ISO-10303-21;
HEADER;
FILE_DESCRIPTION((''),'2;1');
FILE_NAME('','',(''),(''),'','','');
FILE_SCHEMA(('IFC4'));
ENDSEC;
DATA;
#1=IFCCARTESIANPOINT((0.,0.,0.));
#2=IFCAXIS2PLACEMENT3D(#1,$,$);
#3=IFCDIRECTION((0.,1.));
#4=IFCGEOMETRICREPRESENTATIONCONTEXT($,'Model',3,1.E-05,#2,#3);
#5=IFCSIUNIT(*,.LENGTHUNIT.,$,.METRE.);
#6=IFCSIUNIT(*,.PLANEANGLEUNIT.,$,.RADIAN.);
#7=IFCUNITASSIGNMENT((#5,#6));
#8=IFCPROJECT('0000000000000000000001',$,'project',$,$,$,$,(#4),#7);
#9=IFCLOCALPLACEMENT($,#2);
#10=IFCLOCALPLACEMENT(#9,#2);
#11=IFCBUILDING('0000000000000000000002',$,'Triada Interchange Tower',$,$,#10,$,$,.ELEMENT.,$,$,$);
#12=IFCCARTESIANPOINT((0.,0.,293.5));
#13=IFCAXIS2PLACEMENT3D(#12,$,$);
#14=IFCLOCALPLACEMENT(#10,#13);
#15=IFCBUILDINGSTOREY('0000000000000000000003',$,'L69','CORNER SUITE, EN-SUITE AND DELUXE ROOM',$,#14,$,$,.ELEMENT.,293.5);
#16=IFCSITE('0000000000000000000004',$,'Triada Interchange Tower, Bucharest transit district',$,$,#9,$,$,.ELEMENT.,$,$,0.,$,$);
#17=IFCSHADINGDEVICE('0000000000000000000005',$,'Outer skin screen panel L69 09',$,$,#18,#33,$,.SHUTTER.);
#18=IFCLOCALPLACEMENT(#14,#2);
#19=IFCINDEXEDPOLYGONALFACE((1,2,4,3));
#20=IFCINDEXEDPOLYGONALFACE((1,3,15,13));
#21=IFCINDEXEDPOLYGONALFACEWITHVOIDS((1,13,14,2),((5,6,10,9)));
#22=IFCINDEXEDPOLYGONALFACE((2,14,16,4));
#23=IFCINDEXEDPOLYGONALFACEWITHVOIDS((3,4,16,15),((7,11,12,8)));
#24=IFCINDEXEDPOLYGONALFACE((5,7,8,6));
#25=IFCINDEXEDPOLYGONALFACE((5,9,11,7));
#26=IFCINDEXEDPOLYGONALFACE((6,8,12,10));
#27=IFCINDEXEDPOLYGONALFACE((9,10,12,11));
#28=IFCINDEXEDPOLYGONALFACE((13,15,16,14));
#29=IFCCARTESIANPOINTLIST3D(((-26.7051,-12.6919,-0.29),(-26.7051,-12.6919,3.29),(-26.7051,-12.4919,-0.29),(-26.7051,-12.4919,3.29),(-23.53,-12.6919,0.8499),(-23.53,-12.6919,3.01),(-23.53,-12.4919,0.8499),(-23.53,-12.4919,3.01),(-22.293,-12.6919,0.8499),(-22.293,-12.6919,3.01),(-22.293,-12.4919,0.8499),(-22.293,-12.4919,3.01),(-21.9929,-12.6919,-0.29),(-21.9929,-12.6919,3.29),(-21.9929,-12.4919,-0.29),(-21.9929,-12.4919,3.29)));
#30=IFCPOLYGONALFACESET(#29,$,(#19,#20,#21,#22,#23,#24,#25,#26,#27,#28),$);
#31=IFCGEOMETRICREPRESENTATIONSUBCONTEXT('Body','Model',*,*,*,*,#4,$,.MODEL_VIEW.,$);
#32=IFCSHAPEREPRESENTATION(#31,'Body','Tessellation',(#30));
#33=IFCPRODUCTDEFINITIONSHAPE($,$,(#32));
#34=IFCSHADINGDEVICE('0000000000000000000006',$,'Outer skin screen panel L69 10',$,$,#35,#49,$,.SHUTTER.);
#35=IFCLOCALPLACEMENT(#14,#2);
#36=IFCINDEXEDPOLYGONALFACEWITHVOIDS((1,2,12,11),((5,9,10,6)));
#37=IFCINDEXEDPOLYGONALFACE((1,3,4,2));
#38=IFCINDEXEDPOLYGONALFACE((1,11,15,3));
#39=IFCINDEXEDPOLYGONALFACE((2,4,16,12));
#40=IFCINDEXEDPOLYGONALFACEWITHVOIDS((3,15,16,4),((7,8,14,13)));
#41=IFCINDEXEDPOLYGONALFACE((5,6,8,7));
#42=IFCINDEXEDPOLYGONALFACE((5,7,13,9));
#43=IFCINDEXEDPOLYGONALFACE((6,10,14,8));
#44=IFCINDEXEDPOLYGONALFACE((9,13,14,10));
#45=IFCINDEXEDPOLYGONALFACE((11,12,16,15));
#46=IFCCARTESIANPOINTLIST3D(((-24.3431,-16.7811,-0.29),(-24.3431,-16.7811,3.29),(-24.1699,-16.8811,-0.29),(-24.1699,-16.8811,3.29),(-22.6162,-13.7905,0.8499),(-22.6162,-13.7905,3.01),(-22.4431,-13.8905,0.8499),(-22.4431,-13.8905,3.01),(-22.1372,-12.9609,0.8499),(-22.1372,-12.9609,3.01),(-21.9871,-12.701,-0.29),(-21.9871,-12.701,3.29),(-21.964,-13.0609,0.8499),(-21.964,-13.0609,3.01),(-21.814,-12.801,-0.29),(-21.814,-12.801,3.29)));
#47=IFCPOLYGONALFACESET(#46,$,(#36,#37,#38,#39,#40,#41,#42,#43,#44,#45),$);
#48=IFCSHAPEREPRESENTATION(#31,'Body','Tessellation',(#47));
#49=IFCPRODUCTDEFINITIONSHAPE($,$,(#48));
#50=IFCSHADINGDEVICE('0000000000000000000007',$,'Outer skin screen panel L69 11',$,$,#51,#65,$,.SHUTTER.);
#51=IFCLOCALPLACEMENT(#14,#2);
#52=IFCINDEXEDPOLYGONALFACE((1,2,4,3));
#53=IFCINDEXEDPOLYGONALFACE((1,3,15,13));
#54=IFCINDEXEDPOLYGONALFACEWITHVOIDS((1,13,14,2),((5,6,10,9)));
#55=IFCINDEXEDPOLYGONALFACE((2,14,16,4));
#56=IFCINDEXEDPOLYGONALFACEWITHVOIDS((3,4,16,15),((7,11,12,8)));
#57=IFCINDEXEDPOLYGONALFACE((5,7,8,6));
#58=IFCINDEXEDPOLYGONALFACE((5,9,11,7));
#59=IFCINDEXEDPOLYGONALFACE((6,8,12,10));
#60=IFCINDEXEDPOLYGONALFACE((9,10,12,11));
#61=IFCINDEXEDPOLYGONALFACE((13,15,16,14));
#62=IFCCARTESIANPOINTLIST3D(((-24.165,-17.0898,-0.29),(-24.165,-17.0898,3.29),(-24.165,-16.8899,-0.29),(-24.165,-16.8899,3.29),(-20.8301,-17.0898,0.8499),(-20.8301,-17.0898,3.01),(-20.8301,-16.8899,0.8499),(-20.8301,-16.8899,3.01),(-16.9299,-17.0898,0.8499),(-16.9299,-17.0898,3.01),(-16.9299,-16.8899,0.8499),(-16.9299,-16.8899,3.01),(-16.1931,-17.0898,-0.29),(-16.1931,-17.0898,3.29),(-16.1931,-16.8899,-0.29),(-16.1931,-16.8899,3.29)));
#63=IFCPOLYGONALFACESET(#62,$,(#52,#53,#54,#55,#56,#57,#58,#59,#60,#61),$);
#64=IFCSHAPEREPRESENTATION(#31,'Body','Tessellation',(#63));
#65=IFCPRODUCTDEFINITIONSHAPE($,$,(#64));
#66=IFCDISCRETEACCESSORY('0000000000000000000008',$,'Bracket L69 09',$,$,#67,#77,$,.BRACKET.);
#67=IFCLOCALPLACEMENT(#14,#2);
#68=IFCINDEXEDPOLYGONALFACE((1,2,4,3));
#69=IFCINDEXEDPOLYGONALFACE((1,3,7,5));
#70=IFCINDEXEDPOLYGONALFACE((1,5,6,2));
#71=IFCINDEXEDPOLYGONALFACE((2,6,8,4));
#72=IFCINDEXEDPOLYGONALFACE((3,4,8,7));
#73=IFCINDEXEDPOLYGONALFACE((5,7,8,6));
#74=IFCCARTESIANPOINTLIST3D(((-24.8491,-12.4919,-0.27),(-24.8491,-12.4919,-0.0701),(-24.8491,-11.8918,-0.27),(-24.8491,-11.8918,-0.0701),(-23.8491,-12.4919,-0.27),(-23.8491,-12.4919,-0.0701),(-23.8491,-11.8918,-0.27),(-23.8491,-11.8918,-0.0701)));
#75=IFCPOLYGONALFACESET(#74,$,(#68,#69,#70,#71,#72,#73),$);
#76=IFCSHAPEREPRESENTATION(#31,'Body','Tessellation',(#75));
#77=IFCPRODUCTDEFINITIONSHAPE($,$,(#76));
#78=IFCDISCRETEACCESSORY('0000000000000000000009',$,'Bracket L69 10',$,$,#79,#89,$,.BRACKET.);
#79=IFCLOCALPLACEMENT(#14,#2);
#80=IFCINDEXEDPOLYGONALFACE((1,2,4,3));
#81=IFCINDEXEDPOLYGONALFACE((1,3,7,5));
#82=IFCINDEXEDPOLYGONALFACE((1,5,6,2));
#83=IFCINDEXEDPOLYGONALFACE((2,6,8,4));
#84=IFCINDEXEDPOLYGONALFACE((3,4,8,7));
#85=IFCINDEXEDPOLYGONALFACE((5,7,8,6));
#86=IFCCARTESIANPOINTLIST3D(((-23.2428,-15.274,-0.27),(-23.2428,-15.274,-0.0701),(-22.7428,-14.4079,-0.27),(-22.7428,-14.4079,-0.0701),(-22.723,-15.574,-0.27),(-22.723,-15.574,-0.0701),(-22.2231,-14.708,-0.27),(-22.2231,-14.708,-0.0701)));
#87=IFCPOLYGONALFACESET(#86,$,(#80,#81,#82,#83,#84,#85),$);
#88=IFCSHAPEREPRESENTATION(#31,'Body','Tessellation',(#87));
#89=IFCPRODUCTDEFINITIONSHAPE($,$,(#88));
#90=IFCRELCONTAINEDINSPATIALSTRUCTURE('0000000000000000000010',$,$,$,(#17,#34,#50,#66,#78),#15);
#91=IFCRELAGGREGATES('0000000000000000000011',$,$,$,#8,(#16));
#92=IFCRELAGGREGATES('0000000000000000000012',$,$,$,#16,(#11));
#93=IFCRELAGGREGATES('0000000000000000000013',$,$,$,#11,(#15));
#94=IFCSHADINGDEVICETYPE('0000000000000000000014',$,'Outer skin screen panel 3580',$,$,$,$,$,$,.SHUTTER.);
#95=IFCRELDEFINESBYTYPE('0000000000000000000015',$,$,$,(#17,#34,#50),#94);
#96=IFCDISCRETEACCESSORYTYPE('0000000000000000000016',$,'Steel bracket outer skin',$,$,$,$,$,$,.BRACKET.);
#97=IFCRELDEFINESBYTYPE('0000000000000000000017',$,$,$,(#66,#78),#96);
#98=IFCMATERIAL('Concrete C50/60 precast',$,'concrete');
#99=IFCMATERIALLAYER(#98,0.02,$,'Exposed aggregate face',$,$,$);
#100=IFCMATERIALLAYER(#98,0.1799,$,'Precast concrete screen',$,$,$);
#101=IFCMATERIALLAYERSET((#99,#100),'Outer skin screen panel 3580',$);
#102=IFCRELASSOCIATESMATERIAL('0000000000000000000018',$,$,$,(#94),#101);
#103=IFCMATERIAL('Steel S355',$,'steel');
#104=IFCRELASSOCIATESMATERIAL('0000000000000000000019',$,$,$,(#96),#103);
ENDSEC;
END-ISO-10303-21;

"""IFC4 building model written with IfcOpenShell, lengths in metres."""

from ifc_helpers import new_model, si_unit, direction, frame, origin, origin_2d, place, context, subcontext, project, spatial, polyline, rectangle, outline, extrude, material, layer, layer_set, type_object, element, save


model = new_model("IFC4")

# Units and contexts
model_context = context("Model", 3, precision=1e-05, world=origin(), true_north=direction((0.0, 1.0)))
body_context = subcontext(model_context, "Body", "Model", "MODEL_VIEW")
ifc_project = project(units=[si_unit("LENGTHUNIT", "METRE"), si_unit("PLANEANGLEUNIT", "RADIAN")], contexts=[model_context])

# Site, building, storey
site_placement = place(None, origin())
site = spatial("IfcSite", under=ifc_project, at=site_placement, Name="Triada Interchange Tower, Bucharest transit district", CompositionType="ELEMENT", RefElevation=0.0)
building_placement = place(site_placement, origin())
building = spatial("IfcBuilding", under=site, at=building_placement, Name="Triada Interchange Tower", CompositionType="ELEMENT")
storey_placement = place(building_placement, frame((0.0, 0.0, 293.5)))
storey = spatial("IfcBuildingStorey", under=building, at=storey_placement, Name="L69", Description="CORNER SUITE, EN-SUITE AND DELUXE ROOM", CompositionType="ELEMENT", Elevation=293.5)

# Shading devices
ifc_material_1 = material(Name="Concrete C50/60 precast", Category="concrete")
ifc_layer_1 = layer(ifc_material_1, 0.02, Name="Exposed aggregate face")
ifc_layer_2 = layer(ifc_material_1, 0.1799, Name="Precast concrete screen")
ifc_layer_set_1 = layer_set([ifc_layer_1, ifc_layer_2], Name="Outer skin screen panel 3580")
shading_device_type = type_object("IfcShadingDeviceType", Name="Outer skin screen panel 3580", PredefinedType="SHUTTER", material=ifc_layer_set_1)
shading_device_1_placement = place(storey_placement, frame((-26.7051, -12.4919, -0.29), z_axis=(0.0, 0.0, 1.0), x_axis=(1.0, 0.0, 0.0)))
element("IfcShadingDevice", 1, at=shading_device_1_placement, inside=storey, type_object=shading_device_type, Name="Outer skin screen panel L69 09", PredefinedType="SHUTTER", context=body_context, shape_type="SweptSolid", body=[
    extrude(outline(polyline([(0.0, 0.0), (4.7122, 0.0), (4.7122, 3.5801), (0.0, 3.5801), (0.0, 0.0)]), holes=[polyline([(3.175, 1.1399), (3.175, 3.3), (4.4121, 3.3), (4.4121, 1.1399), (3.175, 1.1399)])]), frame((0.0, 0.0, 0.0), z_axis=(0.0, -1.0, 0.0), x_axis=(1.0, 0.0, 0.0)), (0.0, 0.0, 1.0), 0.2),
])
shading_device_2_placement = place(storey_placement, frame((-21.814, -12.801, -0.29), z_axis=(0.0, 0.0, 1.0), x_axis=(-0.500051, -0.865996, 0.0)))
element("IfcShadingDevice", 2, at=shading_device_2_placement, inside=storey, type_object=shading_device_type, Name="Outer skin screen panel L69 10", PredefinedType="SHUTTER", context=body_context, shape_type="SweptSolid", body=[
    extrude(outline(polyline([(0.0, 0.0), (4.7114, 0.0), (4.7114, 3.5801), (0.0, 3.5801), (0.0, 0.0)]), holes=[polyline([(0.3, 1.1399), (0.3, 3.3), (1.2581, 3.3), (1.2581, 1.1399), (0.3, 1.1399)])]), frame((0.0, 0.0, 0.0), z_axis=(0.0, -1.0, 0.0), x_axis=(1.0, 0.0, 0.0)), (0.0, 0.0, 1.0), 0.2),
])
shading_device_3_placement = place(storey_placement, frame((-24.165, -16.8899, -0.29), z_axis=(0.0, 0.0, 1.0), x_axis=(1.0, 0.0, 0.0)))
element("IfcShadingDevice", 3, at=shading_device_3_placement, inside=storey, type_object=shading_device_type, Name="Outer skin screen panel L69 11", PredefinedType="SHUTTER", context=body_context, shape_type="SweptSolid", body=[
    extrude(outline(polyline([(0.0, 0.0), (7.9719, 0.0), (7.9719, 3.5801), (0.0, 3.5801), (0.0, 0.0)]), holes=[polyline([(3.335, 1.1399), (3.335, 3.3), (7.2351, 3.3), (7.2351, 1.1399), (3.335, 1.1399)])]), frame((0.0, 0.0, 0.0), z_axis=(0.0, -1.0, 0.0), x_axis=(1.0, 0.0, 0.0)), (0.0, 0.0, 1.0), 0.2),
])

# Discrete accessories
ifc_material_2 = material(Name="Steel S355", Category="steel")
discrete_accessory_type = type_object("IfcDiscreteAccessoryType", Name="Steel bracket outer skin", PredefinedType="BRACKET", material=ifc_material_2)
for number, where, z_axis, x_axis, name in (
    (4, (-24.3491, -12.1919, -0.27), (0.0, 0.0, 1.0), (0.0, -1.0, 0.0), "Bracket L69 09"),
    (5, (-22.7329, -14.991, -0.27), (0.0, 0.0, 1.0), (-0.866041, 0.499972, 0.0), "Bracket L69 10"),
):
    element("IfcDiscreteAccessory", number, at=place(storey_placement, frame(where, z_axis=z_axis, x_axis=x_axis)), inside=storey, type_object=discrete_accessory_type, Name=name, PredefinedType="BRACKET", context=body_context, shape_type="SweptSolid", body=[
        extrude(rectangle(XDim=0.6001, YDim=1.0, at=origin_2d()), origin(), (0.0, 0.0, 1.0), 0.2),
    ])

save(model, "model.ifc")
